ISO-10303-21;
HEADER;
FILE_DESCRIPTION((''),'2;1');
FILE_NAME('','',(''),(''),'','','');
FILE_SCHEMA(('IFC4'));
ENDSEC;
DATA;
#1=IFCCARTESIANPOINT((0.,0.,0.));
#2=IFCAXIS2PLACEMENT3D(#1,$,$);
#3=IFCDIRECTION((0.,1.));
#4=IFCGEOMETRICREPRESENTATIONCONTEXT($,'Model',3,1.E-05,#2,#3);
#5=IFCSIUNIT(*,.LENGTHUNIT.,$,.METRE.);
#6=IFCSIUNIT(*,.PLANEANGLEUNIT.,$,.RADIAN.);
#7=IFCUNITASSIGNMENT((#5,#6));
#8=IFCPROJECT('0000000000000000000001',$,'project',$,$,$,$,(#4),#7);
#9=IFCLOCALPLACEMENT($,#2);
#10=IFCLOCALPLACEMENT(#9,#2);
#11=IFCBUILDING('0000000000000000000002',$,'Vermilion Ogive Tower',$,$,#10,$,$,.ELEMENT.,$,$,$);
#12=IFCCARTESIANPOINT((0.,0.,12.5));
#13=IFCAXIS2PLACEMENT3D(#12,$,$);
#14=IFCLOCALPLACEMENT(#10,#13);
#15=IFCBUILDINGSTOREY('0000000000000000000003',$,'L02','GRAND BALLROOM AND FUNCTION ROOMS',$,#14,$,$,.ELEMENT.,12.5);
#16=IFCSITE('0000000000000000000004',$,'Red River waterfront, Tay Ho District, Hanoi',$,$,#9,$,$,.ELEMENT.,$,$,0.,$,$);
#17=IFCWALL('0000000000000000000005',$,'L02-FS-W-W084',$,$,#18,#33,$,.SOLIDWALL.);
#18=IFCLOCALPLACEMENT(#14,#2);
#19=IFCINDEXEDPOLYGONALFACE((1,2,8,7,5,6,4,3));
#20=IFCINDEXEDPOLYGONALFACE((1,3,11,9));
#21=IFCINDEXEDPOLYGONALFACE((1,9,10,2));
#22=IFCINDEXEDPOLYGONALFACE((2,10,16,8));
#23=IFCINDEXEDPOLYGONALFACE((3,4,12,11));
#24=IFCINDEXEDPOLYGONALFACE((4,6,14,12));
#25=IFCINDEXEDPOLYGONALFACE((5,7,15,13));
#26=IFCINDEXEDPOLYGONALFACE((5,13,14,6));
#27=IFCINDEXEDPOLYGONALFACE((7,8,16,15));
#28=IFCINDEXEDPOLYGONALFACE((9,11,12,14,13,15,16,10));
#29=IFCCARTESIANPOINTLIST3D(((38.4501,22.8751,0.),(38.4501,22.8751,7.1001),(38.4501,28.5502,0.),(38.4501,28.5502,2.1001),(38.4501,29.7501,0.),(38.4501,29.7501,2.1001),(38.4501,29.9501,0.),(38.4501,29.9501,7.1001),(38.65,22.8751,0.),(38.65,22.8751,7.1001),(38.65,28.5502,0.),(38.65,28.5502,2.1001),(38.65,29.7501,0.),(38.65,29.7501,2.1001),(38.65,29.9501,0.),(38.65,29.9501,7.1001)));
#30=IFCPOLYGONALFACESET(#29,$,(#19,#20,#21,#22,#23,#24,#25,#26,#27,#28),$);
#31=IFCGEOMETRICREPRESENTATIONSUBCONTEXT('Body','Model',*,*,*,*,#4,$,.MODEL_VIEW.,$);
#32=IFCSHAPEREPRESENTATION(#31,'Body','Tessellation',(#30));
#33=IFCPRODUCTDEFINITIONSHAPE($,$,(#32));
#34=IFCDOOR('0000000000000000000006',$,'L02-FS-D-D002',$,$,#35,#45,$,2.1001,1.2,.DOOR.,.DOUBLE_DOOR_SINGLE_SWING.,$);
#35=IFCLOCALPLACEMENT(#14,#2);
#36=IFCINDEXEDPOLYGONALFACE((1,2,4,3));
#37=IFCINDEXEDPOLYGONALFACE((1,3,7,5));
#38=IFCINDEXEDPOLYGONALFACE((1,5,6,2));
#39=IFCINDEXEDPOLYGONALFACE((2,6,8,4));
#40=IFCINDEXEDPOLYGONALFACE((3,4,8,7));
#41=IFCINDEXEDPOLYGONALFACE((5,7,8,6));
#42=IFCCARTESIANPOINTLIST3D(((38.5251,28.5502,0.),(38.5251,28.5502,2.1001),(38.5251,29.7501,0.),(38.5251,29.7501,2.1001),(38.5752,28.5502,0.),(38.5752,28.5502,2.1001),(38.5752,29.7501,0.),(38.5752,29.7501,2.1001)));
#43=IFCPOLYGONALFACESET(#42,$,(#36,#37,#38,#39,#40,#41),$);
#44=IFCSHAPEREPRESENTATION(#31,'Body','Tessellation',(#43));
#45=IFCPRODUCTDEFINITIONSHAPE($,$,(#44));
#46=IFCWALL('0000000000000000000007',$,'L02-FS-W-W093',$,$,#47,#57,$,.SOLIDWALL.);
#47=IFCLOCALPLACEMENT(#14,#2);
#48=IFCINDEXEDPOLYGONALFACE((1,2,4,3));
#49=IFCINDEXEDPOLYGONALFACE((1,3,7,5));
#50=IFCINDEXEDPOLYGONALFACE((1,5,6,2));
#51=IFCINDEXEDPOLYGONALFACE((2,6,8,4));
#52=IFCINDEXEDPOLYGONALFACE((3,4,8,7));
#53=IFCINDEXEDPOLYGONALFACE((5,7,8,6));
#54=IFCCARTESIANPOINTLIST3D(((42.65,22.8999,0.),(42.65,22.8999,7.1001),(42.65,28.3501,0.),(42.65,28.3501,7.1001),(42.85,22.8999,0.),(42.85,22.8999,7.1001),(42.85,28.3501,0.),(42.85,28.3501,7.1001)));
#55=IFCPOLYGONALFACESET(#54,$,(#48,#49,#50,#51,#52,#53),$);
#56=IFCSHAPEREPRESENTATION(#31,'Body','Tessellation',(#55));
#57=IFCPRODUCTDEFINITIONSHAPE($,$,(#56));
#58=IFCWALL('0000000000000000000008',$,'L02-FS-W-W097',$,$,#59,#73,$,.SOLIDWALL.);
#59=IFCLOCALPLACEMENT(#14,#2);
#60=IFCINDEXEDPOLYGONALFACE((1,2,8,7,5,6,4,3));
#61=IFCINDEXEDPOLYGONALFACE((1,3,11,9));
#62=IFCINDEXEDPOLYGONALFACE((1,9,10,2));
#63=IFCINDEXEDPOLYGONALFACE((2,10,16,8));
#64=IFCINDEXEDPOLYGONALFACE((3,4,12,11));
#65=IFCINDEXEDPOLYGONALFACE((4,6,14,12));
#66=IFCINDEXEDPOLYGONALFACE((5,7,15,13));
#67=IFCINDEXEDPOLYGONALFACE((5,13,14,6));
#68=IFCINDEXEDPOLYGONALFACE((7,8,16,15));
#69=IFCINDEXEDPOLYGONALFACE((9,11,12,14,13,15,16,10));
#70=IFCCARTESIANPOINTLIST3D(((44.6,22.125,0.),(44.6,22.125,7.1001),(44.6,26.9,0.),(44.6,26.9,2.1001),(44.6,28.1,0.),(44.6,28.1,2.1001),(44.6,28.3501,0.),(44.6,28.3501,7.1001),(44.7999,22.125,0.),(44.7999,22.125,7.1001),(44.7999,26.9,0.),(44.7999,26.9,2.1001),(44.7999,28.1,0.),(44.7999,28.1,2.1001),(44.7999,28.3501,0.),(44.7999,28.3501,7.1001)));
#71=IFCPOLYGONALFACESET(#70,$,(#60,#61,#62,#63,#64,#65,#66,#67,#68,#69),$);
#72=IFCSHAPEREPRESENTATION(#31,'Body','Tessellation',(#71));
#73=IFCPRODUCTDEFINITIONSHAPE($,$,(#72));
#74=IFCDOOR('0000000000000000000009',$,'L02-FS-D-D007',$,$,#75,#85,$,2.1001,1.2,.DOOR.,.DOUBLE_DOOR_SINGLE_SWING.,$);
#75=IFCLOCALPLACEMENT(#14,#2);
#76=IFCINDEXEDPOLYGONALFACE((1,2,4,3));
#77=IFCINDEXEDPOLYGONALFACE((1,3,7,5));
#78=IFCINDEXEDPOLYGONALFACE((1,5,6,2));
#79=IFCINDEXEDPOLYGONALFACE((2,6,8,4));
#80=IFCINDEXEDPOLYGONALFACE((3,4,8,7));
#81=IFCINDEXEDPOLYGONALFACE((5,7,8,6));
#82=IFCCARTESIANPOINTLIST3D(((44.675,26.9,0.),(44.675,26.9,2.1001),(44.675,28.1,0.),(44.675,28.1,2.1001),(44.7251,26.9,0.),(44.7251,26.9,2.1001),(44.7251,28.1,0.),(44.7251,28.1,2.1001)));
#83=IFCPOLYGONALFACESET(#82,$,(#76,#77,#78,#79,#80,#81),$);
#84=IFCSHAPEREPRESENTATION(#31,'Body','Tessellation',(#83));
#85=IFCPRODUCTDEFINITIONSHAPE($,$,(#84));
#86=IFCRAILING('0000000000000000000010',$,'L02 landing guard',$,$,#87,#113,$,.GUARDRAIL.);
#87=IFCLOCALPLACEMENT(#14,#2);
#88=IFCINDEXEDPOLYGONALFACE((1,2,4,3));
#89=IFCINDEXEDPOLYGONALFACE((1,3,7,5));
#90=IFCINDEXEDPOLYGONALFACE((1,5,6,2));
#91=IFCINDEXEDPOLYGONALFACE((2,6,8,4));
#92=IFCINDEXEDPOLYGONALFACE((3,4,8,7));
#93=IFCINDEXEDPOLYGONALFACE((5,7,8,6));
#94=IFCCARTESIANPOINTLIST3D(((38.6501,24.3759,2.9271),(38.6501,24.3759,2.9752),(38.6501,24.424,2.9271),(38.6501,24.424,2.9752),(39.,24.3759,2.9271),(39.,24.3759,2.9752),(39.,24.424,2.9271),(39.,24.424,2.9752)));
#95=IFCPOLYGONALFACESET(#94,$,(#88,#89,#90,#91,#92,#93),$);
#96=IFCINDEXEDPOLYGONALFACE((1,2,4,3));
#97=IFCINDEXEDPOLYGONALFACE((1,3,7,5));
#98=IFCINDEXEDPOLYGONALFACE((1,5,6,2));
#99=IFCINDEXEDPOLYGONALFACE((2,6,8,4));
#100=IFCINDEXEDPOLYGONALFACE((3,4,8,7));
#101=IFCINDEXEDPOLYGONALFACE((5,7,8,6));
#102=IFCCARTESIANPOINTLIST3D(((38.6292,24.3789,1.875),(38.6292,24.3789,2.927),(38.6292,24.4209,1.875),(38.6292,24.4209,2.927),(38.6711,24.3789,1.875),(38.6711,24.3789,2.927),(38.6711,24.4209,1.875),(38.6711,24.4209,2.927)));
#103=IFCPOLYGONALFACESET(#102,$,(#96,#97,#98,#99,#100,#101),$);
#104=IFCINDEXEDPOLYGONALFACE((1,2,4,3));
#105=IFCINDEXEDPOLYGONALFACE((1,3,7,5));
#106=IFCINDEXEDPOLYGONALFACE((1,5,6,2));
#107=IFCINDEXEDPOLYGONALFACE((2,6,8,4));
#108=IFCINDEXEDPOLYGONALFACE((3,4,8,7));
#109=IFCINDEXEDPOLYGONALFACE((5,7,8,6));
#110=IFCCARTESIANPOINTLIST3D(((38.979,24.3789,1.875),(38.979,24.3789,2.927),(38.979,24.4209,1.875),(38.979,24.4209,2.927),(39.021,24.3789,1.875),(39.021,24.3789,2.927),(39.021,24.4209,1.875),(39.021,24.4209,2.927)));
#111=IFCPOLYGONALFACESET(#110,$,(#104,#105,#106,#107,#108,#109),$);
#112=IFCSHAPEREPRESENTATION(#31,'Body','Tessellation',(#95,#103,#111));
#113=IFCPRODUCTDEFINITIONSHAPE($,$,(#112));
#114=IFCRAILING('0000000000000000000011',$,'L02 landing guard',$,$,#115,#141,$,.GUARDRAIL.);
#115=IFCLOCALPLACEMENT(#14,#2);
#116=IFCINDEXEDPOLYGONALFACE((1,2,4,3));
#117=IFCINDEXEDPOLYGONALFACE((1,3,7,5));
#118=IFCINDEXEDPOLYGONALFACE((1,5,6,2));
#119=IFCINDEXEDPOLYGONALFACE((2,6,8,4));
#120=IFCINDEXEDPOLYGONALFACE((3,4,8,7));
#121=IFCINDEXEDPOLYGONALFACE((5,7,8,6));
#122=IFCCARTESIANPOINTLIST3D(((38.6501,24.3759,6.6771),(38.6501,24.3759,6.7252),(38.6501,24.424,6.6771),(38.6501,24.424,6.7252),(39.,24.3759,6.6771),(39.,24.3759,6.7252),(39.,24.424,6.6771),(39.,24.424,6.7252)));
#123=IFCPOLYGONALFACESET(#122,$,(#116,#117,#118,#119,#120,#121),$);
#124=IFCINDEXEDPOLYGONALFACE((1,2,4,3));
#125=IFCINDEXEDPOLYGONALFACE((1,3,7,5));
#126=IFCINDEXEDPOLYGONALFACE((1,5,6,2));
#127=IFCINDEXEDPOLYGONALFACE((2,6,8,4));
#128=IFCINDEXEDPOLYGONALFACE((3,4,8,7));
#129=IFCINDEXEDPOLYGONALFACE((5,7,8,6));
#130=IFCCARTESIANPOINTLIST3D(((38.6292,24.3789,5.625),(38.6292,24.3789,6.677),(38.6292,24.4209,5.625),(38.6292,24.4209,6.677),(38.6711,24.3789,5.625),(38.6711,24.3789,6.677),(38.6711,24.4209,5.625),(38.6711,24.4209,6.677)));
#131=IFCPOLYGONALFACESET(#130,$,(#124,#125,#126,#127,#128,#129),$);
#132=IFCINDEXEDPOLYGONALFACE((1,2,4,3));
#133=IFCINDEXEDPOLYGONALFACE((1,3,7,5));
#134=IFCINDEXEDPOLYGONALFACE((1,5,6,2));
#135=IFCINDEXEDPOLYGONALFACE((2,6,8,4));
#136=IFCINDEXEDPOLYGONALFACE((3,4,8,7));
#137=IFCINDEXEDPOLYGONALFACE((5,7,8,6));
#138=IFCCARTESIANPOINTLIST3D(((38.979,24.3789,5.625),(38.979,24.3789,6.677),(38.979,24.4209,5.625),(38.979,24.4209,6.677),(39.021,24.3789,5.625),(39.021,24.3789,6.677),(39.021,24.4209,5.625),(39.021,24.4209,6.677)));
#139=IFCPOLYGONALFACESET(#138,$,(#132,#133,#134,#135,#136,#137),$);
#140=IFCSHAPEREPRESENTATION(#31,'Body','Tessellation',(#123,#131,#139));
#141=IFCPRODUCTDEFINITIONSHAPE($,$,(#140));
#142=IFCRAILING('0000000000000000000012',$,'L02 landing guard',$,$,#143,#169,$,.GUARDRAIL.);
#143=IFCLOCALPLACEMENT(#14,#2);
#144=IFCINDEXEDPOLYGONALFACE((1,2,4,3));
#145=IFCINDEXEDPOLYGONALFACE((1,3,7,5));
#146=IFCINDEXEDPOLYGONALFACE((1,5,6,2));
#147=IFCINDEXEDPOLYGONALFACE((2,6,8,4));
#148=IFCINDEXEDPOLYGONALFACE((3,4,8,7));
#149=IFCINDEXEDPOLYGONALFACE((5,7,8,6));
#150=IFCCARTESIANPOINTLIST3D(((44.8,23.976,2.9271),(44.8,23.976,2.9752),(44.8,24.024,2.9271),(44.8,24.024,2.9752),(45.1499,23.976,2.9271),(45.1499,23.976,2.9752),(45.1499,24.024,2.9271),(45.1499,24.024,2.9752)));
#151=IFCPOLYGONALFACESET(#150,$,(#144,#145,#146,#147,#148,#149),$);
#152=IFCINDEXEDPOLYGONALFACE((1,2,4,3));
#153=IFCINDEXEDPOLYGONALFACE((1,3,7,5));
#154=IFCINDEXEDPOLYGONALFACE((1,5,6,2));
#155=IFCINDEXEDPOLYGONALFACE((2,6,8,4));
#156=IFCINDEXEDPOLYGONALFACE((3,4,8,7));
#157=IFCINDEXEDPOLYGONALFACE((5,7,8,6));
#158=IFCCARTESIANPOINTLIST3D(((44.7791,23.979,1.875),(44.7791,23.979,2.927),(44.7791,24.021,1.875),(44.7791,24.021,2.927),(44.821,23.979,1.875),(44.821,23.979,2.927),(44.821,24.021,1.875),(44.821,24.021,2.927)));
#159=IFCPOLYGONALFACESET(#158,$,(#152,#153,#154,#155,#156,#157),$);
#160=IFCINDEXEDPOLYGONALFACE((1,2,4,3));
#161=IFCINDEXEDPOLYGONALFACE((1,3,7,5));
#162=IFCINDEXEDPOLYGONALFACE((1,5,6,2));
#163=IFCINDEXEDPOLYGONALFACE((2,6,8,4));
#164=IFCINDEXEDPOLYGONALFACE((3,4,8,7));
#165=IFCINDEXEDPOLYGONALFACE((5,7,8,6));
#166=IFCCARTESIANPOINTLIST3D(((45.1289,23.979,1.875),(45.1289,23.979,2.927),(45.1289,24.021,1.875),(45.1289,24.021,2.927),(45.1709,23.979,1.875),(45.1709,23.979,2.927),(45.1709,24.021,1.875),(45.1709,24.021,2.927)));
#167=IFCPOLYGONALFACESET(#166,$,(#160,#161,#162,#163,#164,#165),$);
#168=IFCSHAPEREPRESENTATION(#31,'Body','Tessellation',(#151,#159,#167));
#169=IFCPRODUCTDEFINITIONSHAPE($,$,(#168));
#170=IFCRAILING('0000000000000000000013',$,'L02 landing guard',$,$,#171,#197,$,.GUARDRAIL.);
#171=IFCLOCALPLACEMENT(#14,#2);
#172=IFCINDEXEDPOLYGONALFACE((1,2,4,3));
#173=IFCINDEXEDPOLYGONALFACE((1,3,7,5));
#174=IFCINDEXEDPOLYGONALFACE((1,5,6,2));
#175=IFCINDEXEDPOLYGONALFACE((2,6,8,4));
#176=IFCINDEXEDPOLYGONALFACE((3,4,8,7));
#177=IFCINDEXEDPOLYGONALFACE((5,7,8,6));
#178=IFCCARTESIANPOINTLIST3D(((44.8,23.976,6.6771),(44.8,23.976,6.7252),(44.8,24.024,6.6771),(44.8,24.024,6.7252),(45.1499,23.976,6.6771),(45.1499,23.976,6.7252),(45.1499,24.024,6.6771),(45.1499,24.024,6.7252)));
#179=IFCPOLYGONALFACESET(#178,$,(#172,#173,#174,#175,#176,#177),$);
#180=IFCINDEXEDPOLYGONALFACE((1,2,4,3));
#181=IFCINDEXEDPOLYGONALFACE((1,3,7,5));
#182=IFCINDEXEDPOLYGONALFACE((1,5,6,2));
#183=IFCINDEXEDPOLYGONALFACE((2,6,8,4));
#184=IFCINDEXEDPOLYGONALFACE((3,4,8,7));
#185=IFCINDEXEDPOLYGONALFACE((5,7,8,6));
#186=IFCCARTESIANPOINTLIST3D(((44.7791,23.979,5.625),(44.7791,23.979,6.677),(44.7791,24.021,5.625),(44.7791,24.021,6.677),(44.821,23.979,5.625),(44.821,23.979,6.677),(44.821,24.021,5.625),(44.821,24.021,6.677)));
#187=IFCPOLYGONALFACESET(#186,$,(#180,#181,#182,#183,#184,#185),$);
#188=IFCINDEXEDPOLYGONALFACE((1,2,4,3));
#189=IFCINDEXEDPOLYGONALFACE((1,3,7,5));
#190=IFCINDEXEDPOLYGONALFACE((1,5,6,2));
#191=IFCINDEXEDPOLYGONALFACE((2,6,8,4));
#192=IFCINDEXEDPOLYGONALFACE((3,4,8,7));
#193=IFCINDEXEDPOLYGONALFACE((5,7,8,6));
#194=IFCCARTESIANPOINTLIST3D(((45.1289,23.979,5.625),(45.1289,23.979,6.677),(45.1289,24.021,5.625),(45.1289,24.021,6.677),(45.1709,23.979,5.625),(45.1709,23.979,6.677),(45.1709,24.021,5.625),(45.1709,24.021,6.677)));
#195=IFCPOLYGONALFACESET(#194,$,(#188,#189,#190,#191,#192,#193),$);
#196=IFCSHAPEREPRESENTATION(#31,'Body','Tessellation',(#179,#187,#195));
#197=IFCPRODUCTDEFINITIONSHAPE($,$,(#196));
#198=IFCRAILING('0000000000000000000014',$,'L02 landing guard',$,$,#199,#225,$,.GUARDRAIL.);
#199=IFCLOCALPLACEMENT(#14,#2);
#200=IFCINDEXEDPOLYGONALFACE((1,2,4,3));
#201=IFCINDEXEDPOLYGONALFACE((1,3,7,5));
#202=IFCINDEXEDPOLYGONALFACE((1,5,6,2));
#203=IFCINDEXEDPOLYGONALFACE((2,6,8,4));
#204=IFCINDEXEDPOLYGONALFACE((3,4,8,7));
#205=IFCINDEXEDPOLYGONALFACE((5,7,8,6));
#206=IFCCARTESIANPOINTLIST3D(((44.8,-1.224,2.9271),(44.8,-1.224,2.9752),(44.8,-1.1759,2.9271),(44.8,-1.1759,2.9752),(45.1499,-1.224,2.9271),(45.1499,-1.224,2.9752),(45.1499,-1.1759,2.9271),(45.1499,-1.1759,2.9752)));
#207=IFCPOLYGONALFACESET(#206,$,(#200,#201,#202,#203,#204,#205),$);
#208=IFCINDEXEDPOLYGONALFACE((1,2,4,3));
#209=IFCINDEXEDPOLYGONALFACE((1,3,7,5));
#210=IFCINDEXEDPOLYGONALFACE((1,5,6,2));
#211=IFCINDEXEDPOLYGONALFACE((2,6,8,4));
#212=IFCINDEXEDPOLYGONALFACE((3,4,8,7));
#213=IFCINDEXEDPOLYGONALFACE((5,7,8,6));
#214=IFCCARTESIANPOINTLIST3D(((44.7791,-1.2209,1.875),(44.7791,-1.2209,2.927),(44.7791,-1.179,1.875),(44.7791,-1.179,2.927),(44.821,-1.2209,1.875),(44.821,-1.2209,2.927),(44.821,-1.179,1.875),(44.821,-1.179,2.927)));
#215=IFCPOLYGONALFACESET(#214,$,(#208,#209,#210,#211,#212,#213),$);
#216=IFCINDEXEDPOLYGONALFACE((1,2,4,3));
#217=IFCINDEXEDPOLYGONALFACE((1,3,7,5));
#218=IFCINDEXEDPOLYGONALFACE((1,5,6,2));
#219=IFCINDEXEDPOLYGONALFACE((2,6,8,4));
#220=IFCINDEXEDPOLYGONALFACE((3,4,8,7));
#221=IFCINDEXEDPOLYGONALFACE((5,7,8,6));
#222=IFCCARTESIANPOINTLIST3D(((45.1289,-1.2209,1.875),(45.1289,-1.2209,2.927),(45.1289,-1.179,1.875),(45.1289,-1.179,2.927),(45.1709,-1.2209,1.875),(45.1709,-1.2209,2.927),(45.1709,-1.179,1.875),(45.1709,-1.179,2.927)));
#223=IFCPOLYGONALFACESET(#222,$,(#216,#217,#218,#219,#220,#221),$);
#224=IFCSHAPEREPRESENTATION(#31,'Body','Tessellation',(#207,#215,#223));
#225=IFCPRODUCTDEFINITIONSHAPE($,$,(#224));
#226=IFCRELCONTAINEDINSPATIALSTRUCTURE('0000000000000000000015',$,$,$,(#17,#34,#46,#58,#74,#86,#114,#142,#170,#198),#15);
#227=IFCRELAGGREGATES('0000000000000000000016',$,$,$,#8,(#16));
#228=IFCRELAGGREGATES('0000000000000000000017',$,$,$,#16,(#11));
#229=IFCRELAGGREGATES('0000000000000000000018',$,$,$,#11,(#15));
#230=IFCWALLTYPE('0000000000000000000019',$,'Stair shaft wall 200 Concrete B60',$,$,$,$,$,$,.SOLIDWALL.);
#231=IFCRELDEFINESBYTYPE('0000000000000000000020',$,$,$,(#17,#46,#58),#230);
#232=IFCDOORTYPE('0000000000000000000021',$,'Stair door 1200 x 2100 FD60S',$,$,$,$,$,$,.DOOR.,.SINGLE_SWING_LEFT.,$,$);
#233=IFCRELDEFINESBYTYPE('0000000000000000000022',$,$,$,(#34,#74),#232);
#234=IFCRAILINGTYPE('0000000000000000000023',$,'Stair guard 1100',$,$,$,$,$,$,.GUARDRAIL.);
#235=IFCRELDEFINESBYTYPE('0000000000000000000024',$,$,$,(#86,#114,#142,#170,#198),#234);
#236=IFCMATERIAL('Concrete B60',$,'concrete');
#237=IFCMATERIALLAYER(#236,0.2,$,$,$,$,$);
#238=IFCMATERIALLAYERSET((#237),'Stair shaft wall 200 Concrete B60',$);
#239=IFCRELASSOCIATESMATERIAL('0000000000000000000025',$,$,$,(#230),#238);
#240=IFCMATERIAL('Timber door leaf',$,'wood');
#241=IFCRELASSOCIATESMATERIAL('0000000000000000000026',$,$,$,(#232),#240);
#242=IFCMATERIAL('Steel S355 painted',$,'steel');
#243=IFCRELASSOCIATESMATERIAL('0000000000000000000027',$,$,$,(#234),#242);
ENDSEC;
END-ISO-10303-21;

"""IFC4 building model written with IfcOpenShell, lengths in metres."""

from ifc_helpers import new_model, si_unit, direction, frame, frame_2d, origin, origin_2d, place, context, subcontext, project, spatial, rectangle, extrude, material, layer, layer_set, type_object, element, fill, save


model = new_model("IFC4")

# Units and contexts
model_context = context("Model", 3, precision=1e-05, world=origin(), true_north=direction((0.0, 1.0)))
body_context = subcontext(model_context, "Body", "Model", "MODEL_VIEW")
ifc_project = project(units=[si_unit("LENGTHUNIT", "METRE"), si_unit("PLANEANGLEUNIT", "RADIAN")], contexts=[model_context])

# Site, building, storey
site_placement = place(None, origin())
site = spatial("IfcSite", under=ifc_project, at=site_placement, Name="Red River waterfront, Tay Ho District, Hanoi", CompositionType="ELEMENT", RefElevation=0.0)
building_placement = place(site_placement, origin())
building = spatial("IfcBuilding", under=site, at=building_placement, Name="Vermilion Ogive Tower", CompositionType="ELEMENT")
storey_placement = place(building_placement, frame((0.0, 0.0, 12.5)))
storey = spatial("IfcBuildingStorey", under=building, at=storey_placement, Name="L02", Description="GRAND BALLROOM AND FUNCTION ROOMS", CompositionType="ELEMENT", Elevation=12.5)

# Shared definitions
ifc_material_1 = material(Name="Concrete B60", Category="concrete")
ifc_layer_1 = layer(ifc_material_1, 0.2)
ifc_layer_set_1 = layer_set([ifc_layer_1], Name="Stair shaft wall 200 Concrete B60")
wall_type_1 = type_object("IfcWallType", Name="Stair shaft wall 200 Concrete B60", PredefinedType="SOLIDWALL", material=ifc_layer_set_1)

# Shared definitions
ifc_material_2 = material(Name="Timber door leaf", Category="wood")
door_type_1 = type_object("IfcDoorType", Name="Stair door 1200 x 2100 FD60S", OperationType="SINGLE_SWING_LEFT", PredefinedType="DOOR", material=ifc_material_2)

# Wall, opening, door
wall_1_placement = place(storey_placement, frame((38.55, 22.875, 0.0), z_axis=(0.0, 0.0, 1.0), x_axis=(0.0, 1.0, 0.0)))
wall_1 = element("IfcWall", 1, at=wall_1_placement, inside=storey, type_object=wall_type_1, Name="L02-FS-W-W084", PredefinedType="SOLIDWALL", context=body_context, shape_type="SweptSolid", body=[
    extrude(rectangle(XDim=7.075, YDim=0.2, at=frame_2d((3.5376, 0.0))), origin(), (0.0, 0.0, 1.0), 7.1001),
])
opening_1_placement = place(wall_1_placement, frame((5.675, 0.0, 0.0)))
opening_1 = element("IfcOpeningElement", 2, at=opening_1_placement, cuts=wall_1, PredefinedType="OPENING", context=body_context, shape_type="SweptSolid", body=[
    extrude(rectangle(XDim=1.2, YDim=2.1001, at=frame_2d((0.6001, 1.05))), frame((0.0, 0.1099, 0.0), z_axis=(0.0, -1.0, 0.0), x_axis=(1.0, 0.0, 0.0)), (0.0, 0.0, 1.0), 0.22),
])
door_1_placement = place(opening_1_placement, origin())
door_1 = element("IfcDoor", 3, at=door_1_placement, inside=storey, type_object=door_type_1, Name="L02-FS-D-D002", OperationType="DOUBLE_DOOR_SINGLE_SWING", OverallHeight=2.1001, OverallWidth=1.2, PredefinedType="DOOR", context=body_context, shape_type="SweptSolid", body=[
    extrude(rectangle(XDim=1.2, YDim=2.1001, at=frame_2d((0.6001, 1.05))), frame((0.0, 0.0249, 0.0), z_axis=(0.0, -1.0, 0.0), x_axis=(1.0, 0.0, 0.0)), (0.0, 0.0, 1.0), 0.05),
])
fill(opening_1, door_1)

# Wall
wall_2_placement = place(storey_placement, frame((42.75, 22.8999, 0.0), z_axis=(0.0, 0.0, 1.0), x_axis=(0.0, 1.0, 0.0)))
element("IfcWall", 4, at=wall_2_placement, inside=storey, type_object=wall_type_1, Name="L02-FS-W-W093", PredefinedType="SOLIDWALL", context=body_context, shape_type="SweptSolid", body=[
    extrude(rectangle(XDim=5.4502, YDim=0.2, at=frame_2d((2.7251, 0.0))), origin(), (0.0, 0.0, 1.0), 7.1001),
])

# Wall, opening, door
wall_3_placement = place(storey_placement, frame((44.7, 22.125, 0.0), z_axis=(0.0, 0.0, 1.0), x_axis=(0.0, 1.0, 0.0)))
wall_3 = element("IfcWall", 5, at=wall_3_placement, inside=storey, type_object=wall_type_1, Name="L02-FS-W-W097", PredefinedType="SOLIDWALL", context=body_context, shape_type="SweptSolid", body=[
    extrude(rectangle(XDim=6.2251, YDim=0.2, at=frame_2d((3.1125, 0.0))), origin(), (0.0, 0.0, 1.0), 7.1001),
])
opening_2_placement = place(wall_3_placement, frame((4.7749, 0.0, 0.0)))
opening_2 = element("IfcOpeningElement", 6, at=opening_2_placement, cuts=wall_3, PredefinedType="OPENING", context=body_context, shape_type="SweptSolid", body=[
    extrude(rectangle(XDim=1.2, YDim=2.1001, at=frame_2d((0.6001, 1.05))), frame((0.0, 0.1099, 0.0), z_axis=(0.0, -1.0, 0.0), x_axis=(1.0, 0.0, 0.0)), (0.0, 0.0, 1.0), 0.22),
])
door_2_placement = place(opening_2_placement, origin())
door_2 = element("IfcDoor", 7, at=door_2_placement, inside=storey, type_object=door_type_1, Name="L02-FS-D-D007", OperationType="DOUBLE_DOOR_SINGLE_SWING", OverallHeight=2.1001, OverallWidth=1.2, PredefinedType="DOOR", context=body_context, shape_type="SweptSolid", body=[
    extrude(rectangle(XDim=1.2, YDim=2.1001, at=frame_2d((0.6001, 1.05))), frame((0.0, 0.0249, 0.0), z_axis=(0.0, -1.0, 0.0), x_axis=(1.0, 0.0, 0.0)), (0.0, 0.0, 1.0), 0.05),
])
fill(opening_2, door_2)

# Railings
ifc_material_3 = material(Name="Steel S355 painted", Category="steel")
railing_type_1 = type_object("IfcRailingType", Name="Stair guard 1100", PredefinedType="GUARDRAIL", material=ifc_material_3)
for number, where, name in (
    (8, (38.6501, 24.3999, 1.875), "L02 landing guard"),
    (9, (38.6501, 24.3999, 5.625), "L02 landing guard"),
    (10, (44.8, 24.0, 1.875), "L02 landing guard"),
    (11, (44.8, 24.0, 5.625), "L02 landing guard"),
    (12, (44.8, -1.2, 1.875), "L02 landing guard"),
):
    element("IfcRailing", number, at=place(storey_placement, frame(where)), inside=storey, type_object=railing_type_1, Name=name, PredefinedType="GUARDRAIL", context=body_context, shape_type="SweptSolid", body=[
        extrude(rectangle(XDim=0.0481, YDim=0.0481, at=origin_2d()), frame((0.0, 0.0, 1.0762), z_axis=(1.0, 0.0, 0.0), x_axis=(0.0, 1.0, 0.0)), (0.0, 0.0, 1.0), 0.3499),
        extrude(rectangle(XDim=0.042, YDim=0.042, at=origin_2d()), origin(), (0.0, 0.0, 1.0), 1.052),
        extrude(rectangle(XDim=0.042, YDim=0.042, at=origin_2d()), frame((0.3499, 0.0, 0.0)), (0.0, 0.0, 1.0), 1.052),
    ])

save(model, "model.ifc")
